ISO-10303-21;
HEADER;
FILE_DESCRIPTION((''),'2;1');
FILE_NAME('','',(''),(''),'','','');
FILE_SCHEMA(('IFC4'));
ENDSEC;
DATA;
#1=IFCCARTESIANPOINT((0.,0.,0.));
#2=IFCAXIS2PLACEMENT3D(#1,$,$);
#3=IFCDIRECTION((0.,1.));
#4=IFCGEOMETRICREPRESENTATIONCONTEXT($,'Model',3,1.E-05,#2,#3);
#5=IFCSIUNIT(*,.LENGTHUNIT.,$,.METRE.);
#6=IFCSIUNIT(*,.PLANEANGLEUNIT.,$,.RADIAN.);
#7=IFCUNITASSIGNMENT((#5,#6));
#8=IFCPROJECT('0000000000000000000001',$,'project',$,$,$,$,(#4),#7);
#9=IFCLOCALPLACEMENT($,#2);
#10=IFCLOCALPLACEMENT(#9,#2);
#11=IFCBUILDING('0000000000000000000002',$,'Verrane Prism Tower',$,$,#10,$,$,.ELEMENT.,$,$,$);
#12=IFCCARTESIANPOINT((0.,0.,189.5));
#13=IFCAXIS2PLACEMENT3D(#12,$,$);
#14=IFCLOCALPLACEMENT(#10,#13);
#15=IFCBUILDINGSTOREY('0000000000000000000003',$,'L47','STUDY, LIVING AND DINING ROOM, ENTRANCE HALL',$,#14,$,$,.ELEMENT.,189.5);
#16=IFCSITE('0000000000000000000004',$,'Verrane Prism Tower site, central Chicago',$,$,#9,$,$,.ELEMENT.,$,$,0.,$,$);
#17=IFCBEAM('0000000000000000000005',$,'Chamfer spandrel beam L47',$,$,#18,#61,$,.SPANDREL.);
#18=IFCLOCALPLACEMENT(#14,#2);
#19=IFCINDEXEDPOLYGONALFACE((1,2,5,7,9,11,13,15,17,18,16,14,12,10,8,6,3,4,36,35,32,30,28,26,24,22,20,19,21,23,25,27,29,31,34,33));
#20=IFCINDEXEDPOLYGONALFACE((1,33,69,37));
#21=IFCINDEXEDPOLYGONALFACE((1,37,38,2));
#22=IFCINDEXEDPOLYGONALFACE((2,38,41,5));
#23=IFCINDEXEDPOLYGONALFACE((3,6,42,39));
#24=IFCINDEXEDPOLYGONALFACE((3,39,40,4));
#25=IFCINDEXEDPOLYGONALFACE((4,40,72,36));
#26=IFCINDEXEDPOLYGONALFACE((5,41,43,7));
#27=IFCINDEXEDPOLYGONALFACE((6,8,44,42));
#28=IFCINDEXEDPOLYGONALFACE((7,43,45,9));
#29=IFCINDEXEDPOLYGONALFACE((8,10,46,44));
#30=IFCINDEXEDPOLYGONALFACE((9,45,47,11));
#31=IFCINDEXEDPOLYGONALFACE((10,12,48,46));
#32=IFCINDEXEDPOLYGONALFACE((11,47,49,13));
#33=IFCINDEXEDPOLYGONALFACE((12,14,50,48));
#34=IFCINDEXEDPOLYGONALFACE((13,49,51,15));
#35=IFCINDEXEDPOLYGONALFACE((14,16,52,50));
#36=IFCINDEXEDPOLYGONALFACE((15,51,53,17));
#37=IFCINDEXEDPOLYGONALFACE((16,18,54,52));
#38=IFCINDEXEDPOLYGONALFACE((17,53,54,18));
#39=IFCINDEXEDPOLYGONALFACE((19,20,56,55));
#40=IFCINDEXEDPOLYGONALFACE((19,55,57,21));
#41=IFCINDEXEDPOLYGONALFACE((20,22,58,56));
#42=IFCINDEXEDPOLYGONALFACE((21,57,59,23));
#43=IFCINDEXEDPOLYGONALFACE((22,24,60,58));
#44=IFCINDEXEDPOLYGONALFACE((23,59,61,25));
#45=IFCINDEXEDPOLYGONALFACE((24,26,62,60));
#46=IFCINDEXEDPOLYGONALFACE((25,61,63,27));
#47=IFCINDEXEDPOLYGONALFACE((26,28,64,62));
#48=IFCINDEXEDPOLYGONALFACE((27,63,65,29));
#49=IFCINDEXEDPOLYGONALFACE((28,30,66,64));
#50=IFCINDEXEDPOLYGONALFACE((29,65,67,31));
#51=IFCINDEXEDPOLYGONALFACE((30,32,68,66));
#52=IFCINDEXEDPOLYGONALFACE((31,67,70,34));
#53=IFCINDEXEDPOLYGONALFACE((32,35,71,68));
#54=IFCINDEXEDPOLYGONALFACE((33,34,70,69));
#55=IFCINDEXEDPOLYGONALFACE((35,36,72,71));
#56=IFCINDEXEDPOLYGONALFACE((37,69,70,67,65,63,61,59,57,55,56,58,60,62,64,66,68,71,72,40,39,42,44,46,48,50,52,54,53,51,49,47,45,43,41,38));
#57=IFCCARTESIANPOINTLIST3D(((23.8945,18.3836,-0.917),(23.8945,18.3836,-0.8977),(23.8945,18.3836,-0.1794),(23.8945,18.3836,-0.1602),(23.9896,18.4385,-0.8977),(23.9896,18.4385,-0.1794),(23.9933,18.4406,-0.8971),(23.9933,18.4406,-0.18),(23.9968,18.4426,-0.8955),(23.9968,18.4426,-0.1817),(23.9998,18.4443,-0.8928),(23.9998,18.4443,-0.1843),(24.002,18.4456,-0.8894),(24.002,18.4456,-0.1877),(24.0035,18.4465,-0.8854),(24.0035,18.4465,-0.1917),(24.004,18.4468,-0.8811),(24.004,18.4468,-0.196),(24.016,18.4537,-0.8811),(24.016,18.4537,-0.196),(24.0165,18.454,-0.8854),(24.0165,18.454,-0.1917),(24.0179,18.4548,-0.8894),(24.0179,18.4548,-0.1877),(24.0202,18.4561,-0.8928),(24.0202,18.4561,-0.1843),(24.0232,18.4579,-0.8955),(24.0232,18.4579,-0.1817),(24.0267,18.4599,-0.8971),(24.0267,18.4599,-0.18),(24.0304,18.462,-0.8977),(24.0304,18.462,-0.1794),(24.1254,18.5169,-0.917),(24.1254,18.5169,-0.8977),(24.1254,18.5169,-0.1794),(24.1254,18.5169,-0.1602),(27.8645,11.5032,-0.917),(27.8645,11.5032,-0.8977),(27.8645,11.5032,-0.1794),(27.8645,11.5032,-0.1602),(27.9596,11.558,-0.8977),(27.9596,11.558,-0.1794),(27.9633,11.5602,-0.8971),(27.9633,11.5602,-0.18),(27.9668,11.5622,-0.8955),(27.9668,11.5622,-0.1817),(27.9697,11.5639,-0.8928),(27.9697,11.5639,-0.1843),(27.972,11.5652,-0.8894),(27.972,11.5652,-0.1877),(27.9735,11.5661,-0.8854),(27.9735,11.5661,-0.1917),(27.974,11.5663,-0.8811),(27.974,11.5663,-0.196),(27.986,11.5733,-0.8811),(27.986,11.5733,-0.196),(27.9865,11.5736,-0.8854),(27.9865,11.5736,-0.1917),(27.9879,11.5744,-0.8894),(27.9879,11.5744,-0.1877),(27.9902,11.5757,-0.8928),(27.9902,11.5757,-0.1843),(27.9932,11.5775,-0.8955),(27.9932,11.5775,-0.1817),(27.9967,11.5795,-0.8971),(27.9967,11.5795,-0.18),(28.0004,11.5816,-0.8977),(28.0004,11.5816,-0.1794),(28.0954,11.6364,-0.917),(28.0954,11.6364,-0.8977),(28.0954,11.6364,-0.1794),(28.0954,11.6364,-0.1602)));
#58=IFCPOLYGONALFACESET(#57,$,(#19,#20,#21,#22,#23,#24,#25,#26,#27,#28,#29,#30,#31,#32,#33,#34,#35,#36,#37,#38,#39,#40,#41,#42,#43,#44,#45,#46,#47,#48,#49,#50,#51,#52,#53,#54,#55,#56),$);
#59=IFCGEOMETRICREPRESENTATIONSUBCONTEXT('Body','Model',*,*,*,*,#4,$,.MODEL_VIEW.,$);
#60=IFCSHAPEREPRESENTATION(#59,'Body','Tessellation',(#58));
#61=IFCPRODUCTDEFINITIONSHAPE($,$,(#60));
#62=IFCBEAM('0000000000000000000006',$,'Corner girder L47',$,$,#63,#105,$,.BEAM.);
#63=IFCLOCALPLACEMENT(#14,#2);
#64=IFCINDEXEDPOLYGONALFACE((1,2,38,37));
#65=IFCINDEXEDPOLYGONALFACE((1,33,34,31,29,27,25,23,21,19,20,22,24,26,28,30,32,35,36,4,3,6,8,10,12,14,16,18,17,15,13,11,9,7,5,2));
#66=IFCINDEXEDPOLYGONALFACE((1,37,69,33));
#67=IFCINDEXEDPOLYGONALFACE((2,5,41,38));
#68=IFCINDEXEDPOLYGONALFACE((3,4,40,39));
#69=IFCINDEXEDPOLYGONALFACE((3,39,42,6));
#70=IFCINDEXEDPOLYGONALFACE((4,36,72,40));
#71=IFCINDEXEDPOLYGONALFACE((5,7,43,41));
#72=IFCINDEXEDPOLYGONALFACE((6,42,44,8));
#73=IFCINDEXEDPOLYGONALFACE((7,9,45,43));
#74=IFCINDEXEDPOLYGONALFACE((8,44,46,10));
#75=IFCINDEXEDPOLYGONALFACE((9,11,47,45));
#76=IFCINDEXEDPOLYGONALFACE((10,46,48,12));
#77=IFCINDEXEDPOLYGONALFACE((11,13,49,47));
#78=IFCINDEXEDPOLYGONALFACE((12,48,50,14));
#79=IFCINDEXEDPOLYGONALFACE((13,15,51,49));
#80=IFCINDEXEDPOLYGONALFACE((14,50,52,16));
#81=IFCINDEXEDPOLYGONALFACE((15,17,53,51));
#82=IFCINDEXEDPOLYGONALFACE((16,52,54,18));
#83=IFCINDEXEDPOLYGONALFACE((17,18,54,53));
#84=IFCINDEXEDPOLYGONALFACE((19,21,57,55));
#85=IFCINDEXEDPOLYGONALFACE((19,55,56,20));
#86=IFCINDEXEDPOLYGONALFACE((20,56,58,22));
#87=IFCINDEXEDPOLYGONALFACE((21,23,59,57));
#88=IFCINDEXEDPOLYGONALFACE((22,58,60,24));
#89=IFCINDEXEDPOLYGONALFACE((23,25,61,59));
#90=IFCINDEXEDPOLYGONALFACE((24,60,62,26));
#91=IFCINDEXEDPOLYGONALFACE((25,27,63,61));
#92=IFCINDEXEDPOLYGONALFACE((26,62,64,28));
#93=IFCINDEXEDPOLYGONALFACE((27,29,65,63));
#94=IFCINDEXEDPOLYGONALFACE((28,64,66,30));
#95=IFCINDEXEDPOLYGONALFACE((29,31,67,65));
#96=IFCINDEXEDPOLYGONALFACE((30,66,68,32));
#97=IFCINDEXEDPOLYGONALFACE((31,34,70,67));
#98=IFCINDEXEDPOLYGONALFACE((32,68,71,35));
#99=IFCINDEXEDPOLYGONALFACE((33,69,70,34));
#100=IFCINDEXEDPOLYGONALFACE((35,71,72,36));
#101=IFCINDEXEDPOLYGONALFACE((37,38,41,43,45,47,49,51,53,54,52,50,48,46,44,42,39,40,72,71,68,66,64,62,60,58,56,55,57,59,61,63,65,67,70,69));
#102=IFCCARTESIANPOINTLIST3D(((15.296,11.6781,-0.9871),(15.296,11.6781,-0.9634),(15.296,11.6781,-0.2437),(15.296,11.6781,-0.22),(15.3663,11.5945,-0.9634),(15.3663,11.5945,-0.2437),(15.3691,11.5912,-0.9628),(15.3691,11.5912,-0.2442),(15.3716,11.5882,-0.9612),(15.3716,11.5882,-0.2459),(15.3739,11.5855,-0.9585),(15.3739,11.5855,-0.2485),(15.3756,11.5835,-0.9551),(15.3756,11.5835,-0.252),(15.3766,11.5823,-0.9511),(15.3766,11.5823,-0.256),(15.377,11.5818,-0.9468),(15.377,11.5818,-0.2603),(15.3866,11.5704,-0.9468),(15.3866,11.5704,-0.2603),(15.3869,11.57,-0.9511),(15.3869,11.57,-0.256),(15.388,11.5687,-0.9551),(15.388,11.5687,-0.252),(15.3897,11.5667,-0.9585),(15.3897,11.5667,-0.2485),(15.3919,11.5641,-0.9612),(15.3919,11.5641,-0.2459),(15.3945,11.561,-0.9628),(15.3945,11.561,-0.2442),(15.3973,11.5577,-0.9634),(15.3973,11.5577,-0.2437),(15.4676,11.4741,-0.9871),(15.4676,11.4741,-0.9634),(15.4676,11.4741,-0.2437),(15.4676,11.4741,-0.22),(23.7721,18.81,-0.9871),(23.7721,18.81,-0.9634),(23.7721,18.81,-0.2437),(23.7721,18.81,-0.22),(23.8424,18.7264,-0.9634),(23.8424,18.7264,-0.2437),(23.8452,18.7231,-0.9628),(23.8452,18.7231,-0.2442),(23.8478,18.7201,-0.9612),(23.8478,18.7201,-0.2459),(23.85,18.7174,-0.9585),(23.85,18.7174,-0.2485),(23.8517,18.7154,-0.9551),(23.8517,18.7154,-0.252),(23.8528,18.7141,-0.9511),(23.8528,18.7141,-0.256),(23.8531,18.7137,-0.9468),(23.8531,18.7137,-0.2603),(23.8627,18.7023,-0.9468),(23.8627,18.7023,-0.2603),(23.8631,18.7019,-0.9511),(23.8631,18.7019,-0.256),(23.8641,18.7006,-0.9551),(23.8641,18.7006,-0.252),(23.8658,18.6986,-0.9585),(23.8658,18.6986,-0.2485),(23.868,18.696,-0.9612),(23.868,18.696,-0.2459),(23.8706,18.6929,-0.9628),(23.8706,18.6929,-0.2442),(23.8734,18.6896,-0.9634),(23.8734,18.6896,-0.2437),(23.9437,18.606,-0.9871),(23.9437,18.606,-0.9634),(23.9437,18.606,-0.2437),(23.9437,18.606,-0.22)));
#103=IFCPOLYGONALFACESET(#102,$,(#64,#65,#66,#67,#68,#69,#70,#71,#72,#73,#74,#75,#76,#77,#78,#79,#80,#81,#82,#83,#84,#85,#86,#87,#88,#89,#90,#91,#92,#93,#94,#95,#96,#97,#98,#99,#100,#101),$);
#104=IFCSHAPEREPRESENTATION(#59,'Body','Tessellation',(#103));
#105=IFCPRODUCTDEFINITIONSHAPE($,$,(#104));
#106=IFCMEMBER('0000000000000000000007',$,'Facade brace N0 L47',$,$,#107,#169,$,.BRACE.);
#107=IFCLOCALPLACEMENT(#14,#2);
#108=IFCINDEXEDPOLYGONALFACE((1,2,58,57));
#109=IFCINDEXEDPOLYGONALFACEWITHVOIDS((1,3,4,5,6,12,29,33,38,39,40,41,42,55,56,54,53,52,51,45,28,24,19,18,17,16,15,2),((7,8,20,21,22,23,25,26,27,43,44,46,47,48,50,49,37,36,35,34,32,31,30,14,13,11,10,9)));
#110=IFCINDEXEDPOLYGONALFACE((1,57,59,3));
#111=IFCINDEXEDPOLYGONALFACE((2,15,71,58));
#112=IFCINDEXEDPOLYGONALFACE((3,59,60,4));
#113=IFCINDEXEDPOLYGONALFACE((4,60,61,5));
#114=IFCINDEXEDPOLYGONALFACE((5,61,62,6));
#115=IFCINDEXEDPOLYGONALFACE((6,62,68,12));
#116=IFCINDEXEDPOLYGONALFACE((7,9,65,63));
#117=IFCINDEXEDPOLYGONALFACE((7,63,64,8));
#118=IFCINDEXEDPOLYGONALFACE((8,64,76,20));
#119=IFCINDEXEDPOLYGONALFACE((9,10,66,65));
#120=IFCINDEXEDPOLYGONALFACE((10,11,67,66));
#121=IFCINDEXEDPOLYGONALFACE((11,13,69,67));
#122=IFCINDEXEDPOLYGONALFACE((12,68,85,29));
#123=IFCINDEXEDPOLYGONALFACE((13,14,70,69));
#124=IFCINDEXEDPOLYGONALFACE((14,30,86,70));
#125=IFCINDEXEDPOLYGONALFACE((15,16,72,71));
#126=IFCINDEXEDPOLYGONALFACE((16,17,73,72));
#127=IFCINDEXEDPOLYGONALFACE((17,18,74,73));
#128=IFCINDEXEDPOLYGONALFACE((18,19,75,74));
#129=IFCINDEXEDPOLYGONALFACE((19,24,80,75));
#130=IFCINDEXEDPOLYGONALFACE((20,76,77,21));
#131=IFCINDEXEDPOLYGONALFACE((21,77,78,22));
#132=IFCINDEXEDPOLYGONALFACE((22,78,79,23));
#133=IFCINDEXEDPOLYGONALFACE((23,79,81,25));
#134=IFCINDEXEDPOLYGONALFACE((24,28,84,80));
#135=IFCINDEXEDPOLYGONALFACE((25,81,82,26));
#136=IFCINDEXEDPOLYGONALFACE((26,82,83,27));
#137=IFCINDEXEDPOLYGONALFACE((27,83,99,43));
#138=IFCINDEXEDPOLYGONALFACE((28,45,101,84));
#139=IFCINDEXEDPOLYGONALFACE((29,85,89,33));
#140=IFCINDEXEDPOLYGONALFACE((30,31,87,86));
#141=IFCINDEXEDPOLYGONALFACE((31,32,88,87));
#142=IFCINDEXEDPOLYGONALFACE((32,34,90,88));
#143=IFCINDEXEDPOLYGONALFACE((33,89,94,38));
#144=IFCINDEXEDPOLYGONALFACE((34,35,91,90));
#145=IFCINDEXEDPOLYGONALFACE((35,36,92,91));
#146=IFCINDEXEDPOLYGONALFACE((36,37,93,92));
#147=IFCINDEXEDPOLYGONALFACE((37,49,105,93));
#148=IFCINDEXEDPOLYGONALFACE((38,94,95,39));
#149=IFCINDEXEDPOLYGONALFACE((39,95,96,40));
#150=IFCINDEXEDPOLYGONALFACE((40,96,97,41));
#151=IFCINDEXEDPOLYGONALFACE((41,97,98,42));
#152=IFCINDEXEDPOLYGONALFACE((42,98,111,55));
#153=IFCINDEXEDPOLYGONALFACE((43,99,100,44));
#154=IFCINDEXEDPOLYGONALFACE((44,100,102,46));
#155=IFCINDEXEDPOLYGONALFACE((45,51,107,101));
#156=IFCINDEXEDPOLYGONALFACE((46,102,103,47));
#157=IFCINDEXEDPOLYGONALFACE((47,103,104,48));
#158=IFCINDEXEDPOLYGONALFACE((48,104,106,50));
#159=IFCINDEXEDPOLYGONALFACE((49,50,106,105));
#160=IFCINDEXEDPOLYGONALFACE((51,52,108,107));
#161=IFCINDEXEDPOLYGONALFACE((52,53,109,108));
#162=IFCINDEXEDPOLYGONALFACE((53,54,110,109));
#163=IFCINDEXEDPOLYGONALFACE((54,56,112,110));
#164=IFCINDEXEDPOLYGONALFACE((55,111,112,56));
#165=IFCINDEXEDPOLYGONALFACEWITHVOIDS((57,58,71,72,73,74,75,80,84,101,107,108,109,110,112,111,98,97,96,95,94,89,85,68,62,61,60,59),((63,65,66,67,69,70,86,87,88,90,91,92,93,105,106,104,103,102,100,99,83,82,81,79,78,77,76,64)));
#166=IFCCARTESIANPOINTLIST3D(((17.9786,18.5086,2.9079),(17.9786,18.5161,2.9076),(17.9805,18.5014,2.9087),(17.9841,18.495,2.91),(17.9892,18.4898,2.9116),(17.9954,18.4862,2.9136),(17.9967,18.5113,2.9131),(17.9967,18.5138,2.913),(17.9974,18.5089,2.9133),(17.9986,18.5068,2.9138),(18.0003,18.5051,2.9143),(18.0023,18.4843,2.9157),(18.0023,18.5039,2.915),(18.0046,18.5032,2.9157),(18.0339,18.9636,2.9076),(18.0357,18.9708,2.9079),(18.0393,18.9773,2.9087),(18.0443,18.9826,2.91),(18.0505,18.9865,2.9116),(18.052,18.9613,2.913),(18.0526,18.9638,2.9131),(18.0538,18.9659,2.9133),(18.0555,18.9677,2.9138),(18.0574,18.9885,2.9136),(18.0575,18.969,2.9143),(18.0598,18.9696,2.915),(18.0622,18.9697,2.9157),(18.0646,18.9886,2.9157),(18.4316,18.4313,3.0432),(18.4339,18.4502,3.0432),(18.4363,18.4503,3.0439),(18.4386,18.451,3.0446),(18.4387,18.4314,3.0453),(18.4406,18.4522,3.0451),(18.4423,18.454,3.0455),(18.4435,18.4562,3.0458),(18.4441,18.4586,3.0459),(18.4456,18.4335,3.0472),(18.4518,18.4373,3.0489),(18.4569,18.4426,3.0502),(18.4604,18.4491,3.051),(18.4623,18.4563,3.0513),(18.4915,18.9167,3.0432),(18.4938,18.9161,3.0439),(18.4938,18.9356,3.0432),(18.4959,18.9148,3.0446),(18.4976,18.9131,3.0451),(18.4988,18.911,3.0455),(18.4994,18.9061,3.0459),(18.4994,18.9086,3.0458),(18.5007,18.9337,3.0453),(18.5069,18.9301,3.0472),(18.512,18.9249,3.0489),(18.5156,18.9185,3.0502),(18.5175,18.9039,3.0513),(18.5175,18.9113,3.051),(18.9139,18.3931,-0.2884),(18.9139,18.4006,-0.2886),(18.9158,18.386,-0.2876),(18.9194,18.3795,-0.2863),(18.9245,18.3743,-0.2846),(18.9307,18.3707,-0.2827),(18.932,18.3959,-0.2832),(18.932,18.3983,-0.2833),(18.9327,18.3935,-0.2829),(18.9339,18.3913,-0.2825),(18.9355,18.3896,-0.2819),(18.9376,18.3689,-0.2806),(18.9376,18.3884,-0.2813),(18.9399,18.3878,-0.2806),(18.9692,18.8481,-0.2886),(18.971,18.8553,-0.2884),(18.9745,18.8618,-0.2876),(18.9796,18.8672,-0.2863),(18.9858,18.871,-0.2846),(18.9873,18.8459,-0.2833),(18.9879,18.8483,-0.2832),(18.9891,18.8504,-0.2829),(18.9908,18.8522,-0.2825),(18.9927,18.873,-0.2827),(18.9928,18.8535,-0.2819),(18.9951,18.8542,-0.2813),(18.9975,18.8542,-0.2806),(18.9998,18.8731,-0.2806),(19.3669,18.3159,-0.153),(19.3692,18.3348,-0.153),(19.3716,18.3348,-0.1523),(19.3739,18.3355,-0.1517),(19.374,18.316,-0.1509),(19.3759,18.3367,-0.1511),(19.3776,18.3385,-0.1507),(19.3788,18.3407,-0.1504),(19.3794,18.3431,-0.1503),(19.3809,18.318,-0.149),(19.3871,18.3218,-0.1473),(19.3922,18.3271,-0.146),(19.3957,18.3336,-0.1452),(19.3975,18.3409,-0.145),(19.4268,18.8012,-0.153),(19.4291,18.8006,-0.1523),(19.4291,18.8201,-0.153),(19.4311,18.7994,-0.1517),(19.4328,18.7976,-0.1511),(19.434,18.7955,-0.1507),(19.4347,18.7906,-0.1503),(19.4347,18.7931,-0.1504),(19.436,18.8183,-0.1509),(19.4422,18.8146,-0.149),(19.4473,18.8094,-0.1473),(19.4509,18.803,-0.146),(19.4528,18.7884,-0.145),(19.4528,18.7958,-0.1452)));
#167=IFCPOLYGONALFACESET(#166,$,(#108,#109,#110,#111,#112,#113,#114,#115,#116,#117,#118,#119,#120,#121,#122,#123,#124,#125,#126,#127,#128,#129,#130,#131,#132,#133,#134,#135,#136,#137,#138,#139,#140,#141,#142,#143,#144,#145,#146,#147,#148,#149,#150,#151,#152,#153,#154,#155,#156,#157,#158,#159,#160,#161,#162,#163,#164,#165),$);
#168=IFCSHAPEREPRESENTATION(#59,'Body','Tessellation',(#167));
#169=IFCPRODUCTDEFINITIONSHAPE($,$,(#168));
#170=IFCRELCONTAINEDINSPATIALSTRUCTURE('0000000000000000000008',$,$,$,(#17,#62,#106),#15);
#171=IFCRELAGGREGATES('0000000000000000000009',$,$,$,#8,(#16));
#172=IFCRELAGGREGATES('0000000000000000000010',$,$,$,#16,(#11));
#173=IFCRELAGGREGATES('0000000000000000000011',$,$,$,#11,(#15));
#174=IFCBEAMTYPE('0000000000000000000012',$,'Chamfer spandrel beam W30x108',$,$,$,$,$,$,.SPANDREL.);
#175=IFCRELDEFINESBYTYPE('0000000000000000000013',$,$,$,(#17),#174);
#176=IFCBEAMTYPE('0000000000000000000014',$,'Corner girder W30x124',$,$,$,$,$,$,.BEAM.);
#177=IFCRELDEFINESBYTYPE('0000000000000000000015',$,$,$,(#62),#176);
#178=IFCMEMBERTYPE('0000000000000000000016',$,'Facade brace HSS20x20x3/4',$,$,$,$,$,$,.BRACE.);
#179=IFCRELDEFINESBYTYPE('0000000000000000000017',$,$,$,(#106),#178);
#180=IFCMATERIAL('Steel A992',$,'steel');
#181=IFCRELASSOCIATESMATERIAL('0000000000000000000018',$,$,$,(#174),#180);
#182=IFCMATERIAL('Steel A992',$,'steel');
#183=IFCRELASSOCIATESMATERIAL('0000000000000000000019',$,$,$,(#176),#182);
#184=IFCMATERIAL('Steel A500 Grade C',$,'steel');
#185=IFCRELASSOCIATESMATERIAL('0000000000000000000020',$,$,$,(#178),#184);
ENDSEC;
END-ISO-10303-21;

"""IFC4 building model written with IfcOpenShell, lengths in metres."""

from ifc_helpers import new_model, si_unit, direction, frame, origin, origin_2d, place, context, subcontext, project, spatial, hollow_rectangle, i_section, extrude, material, material_profile, profile_set, type_object, element, save


model = new_model("IFC4")

# Units and contexts
model_context = context("Model", 3, precision=1e-05, world=origin(), true_north=direction((0.0, 1.0)))
body_context = subcontext(model_context, "Body", "Model", "MODEL_VIEW")
ifc_project = project(units=[si_unit("LENGTHUNIT", "METRE"), si_unit("PLANEANGLEUNIT", "RADIAN")], contexts=[model_context])

# Site, building, storey
site_placement = place(None, origin())
site = spatial("IfcSite", under=ifc_project, at=site_placement, Name="Verrane Prism Tower site, central Chicago", CompositionType="ELEMENT", RefElevation=0.0)
building_placement = place(site_placement, origin())
building = spatial("IfcBuilding", under=site, at=building_placement, Name="Verrane Prism Tower", CompositionType="ELEMENT")
storey_placement = place(building_placement, frame((0.0, 0.0, 189.5)))
storey = spatial("IfcBuildingStorey", under=building, at=storey_placement, Name="L47", Description="STUDY, LIVING AND DINING ROOM, ENTRANCE HALL", CompositionType="ELEMENT", Elevation=189.5)

# Beams
ifc_material_1 = material(Name="Steel A992", Category="steel")
ifc_material_profile_1 = material_profile(ifc_material_1, i_section(OverallWidth=0.2666, OverallDepth=0.7568, WebThickness=0.0139, FlangeThickness=0.0193, FilletRadius=0.0166, at=origin_2d()), Name="W30x108")
ifc_profile_set_1 = profile_set([ifc_material_profile_1], Name="Steel A992")
beam_type_1 = type_object("IfcBeamType", Name="Chamfer spandrel beam W30x108", PredefinedType="SPANDREL", material=ifc_profile_set_1)
beam_1_placement = place(storey_placement, frame((27.98, 11.5698, -0.5386), z_axis=(-0.499772, 0.866157, 0.0), x_axis=(-0.866157, -0.499772, 0.0)))
element("IfcBeam", 1, at=beam_1_placement, inside=storey, type_object=beam_type_1, Name="Chamfer spandrel beam L47", PredefinedType="SPANDREL", context=body_context, shape_type="SweptSolid", body=[
    extrude(i_section(OverallWidth=0.2666, OverallDepth=0.7568, WebThickness=0.0139, FlangeThickness=0.0193, FilletRadius=0.0166, at=origin_2d()), origin(), (0.0, 0.0, 1.0), 7.9436),
])
ifc_material_2 = material(Name="Steel A992", Category="steel")
ifc_material_profile_2 = material_profile(ifc_material_2, i_section(OverallWidth=0.2666, OverallDepth=0.7671, WebThickness=0.0149, FlangeThickness=0.0237, FilletRadius=0.0166, at=origin_2d()), Name="W30x124")
ifc_profile_set_2 = profile_set([ifc_material_profile_2], Name="Steel A992")
beam_type_2 = type_object("IfcBeamType", Name="Corner girder W30x124", PredefinedType="BEAM", material=ifc_profile_set_2)
beam_2_placement = place(storey_placement, frame((23.8579, 18.708, -0.6035), z_axis=(-0.765174, -0.643823, 0.0), x_axis=(0.643823, -0.765174, 0.0)))
element("IfcBeam", 2, at=beam_2_placement, inside=storey, type_object=beam_type_2, Name="Corner girder L47", PredefinedType="BEAM", context=body_context, shape_type="SweptSolid", body=[
    extrude(i_section(OverallWidth=0.2666, OverallDepth=0.7671, WebThickness=0.0149, FlangeThickness=0.0237, FilletRadius=0.0166, at=origin_2d()), origin(), (0.0, 0.0, 1.0), 11.0774),
])

# Member
ifc_material_3 = material(Name="Steel A500 Grade C", Category="steel")
ifc_material_profile_3 = material_profile(ifc_material_3, hollow_rectangle(XDim=0.5081, YDim=0.5081, WallThickness=0.019, InnerFilletRadius=0.0095, OuterFilletRadius=0.0286, at=origin_2d()), Name="HSS20x20x3/4")
ifc_profile_set_3 = profile_set([ifc_material_profile_3], Name="Steel A500 Grade C")
member_type_1 = type_object("IfcMemberType", Name="Facade brace HSS20x20x3/4", PredefinedType="BRACE", material=ifc_profile_set_3)
member_1_placement = place(storey_placement, frame((19.1833, 18.5945, -0.2168), z_axis=(-0.280676, 0.034654, 0.959177), x_axis=(-0.122536, -0.992464, 0.0)))
element("IfcMember", 3, at=member_1_placement, inside=storey, type_object=member_type_1, Name="Facade brace N0 L47", PredefinedType="BRACE", context=body_context, shape_type="SweptSolid", body=[
    extrude(hollow_rectangle(XDim=0.5081, YDim=0.5081, WallThickness=0.019, InnerFilletRadius=0.0095, OuterFilletRadius=0.0286, at=origin_2d()), origin(), (0.0, 0.0, 1.0), 3.3323),
])

save(model, "model.ifc")
